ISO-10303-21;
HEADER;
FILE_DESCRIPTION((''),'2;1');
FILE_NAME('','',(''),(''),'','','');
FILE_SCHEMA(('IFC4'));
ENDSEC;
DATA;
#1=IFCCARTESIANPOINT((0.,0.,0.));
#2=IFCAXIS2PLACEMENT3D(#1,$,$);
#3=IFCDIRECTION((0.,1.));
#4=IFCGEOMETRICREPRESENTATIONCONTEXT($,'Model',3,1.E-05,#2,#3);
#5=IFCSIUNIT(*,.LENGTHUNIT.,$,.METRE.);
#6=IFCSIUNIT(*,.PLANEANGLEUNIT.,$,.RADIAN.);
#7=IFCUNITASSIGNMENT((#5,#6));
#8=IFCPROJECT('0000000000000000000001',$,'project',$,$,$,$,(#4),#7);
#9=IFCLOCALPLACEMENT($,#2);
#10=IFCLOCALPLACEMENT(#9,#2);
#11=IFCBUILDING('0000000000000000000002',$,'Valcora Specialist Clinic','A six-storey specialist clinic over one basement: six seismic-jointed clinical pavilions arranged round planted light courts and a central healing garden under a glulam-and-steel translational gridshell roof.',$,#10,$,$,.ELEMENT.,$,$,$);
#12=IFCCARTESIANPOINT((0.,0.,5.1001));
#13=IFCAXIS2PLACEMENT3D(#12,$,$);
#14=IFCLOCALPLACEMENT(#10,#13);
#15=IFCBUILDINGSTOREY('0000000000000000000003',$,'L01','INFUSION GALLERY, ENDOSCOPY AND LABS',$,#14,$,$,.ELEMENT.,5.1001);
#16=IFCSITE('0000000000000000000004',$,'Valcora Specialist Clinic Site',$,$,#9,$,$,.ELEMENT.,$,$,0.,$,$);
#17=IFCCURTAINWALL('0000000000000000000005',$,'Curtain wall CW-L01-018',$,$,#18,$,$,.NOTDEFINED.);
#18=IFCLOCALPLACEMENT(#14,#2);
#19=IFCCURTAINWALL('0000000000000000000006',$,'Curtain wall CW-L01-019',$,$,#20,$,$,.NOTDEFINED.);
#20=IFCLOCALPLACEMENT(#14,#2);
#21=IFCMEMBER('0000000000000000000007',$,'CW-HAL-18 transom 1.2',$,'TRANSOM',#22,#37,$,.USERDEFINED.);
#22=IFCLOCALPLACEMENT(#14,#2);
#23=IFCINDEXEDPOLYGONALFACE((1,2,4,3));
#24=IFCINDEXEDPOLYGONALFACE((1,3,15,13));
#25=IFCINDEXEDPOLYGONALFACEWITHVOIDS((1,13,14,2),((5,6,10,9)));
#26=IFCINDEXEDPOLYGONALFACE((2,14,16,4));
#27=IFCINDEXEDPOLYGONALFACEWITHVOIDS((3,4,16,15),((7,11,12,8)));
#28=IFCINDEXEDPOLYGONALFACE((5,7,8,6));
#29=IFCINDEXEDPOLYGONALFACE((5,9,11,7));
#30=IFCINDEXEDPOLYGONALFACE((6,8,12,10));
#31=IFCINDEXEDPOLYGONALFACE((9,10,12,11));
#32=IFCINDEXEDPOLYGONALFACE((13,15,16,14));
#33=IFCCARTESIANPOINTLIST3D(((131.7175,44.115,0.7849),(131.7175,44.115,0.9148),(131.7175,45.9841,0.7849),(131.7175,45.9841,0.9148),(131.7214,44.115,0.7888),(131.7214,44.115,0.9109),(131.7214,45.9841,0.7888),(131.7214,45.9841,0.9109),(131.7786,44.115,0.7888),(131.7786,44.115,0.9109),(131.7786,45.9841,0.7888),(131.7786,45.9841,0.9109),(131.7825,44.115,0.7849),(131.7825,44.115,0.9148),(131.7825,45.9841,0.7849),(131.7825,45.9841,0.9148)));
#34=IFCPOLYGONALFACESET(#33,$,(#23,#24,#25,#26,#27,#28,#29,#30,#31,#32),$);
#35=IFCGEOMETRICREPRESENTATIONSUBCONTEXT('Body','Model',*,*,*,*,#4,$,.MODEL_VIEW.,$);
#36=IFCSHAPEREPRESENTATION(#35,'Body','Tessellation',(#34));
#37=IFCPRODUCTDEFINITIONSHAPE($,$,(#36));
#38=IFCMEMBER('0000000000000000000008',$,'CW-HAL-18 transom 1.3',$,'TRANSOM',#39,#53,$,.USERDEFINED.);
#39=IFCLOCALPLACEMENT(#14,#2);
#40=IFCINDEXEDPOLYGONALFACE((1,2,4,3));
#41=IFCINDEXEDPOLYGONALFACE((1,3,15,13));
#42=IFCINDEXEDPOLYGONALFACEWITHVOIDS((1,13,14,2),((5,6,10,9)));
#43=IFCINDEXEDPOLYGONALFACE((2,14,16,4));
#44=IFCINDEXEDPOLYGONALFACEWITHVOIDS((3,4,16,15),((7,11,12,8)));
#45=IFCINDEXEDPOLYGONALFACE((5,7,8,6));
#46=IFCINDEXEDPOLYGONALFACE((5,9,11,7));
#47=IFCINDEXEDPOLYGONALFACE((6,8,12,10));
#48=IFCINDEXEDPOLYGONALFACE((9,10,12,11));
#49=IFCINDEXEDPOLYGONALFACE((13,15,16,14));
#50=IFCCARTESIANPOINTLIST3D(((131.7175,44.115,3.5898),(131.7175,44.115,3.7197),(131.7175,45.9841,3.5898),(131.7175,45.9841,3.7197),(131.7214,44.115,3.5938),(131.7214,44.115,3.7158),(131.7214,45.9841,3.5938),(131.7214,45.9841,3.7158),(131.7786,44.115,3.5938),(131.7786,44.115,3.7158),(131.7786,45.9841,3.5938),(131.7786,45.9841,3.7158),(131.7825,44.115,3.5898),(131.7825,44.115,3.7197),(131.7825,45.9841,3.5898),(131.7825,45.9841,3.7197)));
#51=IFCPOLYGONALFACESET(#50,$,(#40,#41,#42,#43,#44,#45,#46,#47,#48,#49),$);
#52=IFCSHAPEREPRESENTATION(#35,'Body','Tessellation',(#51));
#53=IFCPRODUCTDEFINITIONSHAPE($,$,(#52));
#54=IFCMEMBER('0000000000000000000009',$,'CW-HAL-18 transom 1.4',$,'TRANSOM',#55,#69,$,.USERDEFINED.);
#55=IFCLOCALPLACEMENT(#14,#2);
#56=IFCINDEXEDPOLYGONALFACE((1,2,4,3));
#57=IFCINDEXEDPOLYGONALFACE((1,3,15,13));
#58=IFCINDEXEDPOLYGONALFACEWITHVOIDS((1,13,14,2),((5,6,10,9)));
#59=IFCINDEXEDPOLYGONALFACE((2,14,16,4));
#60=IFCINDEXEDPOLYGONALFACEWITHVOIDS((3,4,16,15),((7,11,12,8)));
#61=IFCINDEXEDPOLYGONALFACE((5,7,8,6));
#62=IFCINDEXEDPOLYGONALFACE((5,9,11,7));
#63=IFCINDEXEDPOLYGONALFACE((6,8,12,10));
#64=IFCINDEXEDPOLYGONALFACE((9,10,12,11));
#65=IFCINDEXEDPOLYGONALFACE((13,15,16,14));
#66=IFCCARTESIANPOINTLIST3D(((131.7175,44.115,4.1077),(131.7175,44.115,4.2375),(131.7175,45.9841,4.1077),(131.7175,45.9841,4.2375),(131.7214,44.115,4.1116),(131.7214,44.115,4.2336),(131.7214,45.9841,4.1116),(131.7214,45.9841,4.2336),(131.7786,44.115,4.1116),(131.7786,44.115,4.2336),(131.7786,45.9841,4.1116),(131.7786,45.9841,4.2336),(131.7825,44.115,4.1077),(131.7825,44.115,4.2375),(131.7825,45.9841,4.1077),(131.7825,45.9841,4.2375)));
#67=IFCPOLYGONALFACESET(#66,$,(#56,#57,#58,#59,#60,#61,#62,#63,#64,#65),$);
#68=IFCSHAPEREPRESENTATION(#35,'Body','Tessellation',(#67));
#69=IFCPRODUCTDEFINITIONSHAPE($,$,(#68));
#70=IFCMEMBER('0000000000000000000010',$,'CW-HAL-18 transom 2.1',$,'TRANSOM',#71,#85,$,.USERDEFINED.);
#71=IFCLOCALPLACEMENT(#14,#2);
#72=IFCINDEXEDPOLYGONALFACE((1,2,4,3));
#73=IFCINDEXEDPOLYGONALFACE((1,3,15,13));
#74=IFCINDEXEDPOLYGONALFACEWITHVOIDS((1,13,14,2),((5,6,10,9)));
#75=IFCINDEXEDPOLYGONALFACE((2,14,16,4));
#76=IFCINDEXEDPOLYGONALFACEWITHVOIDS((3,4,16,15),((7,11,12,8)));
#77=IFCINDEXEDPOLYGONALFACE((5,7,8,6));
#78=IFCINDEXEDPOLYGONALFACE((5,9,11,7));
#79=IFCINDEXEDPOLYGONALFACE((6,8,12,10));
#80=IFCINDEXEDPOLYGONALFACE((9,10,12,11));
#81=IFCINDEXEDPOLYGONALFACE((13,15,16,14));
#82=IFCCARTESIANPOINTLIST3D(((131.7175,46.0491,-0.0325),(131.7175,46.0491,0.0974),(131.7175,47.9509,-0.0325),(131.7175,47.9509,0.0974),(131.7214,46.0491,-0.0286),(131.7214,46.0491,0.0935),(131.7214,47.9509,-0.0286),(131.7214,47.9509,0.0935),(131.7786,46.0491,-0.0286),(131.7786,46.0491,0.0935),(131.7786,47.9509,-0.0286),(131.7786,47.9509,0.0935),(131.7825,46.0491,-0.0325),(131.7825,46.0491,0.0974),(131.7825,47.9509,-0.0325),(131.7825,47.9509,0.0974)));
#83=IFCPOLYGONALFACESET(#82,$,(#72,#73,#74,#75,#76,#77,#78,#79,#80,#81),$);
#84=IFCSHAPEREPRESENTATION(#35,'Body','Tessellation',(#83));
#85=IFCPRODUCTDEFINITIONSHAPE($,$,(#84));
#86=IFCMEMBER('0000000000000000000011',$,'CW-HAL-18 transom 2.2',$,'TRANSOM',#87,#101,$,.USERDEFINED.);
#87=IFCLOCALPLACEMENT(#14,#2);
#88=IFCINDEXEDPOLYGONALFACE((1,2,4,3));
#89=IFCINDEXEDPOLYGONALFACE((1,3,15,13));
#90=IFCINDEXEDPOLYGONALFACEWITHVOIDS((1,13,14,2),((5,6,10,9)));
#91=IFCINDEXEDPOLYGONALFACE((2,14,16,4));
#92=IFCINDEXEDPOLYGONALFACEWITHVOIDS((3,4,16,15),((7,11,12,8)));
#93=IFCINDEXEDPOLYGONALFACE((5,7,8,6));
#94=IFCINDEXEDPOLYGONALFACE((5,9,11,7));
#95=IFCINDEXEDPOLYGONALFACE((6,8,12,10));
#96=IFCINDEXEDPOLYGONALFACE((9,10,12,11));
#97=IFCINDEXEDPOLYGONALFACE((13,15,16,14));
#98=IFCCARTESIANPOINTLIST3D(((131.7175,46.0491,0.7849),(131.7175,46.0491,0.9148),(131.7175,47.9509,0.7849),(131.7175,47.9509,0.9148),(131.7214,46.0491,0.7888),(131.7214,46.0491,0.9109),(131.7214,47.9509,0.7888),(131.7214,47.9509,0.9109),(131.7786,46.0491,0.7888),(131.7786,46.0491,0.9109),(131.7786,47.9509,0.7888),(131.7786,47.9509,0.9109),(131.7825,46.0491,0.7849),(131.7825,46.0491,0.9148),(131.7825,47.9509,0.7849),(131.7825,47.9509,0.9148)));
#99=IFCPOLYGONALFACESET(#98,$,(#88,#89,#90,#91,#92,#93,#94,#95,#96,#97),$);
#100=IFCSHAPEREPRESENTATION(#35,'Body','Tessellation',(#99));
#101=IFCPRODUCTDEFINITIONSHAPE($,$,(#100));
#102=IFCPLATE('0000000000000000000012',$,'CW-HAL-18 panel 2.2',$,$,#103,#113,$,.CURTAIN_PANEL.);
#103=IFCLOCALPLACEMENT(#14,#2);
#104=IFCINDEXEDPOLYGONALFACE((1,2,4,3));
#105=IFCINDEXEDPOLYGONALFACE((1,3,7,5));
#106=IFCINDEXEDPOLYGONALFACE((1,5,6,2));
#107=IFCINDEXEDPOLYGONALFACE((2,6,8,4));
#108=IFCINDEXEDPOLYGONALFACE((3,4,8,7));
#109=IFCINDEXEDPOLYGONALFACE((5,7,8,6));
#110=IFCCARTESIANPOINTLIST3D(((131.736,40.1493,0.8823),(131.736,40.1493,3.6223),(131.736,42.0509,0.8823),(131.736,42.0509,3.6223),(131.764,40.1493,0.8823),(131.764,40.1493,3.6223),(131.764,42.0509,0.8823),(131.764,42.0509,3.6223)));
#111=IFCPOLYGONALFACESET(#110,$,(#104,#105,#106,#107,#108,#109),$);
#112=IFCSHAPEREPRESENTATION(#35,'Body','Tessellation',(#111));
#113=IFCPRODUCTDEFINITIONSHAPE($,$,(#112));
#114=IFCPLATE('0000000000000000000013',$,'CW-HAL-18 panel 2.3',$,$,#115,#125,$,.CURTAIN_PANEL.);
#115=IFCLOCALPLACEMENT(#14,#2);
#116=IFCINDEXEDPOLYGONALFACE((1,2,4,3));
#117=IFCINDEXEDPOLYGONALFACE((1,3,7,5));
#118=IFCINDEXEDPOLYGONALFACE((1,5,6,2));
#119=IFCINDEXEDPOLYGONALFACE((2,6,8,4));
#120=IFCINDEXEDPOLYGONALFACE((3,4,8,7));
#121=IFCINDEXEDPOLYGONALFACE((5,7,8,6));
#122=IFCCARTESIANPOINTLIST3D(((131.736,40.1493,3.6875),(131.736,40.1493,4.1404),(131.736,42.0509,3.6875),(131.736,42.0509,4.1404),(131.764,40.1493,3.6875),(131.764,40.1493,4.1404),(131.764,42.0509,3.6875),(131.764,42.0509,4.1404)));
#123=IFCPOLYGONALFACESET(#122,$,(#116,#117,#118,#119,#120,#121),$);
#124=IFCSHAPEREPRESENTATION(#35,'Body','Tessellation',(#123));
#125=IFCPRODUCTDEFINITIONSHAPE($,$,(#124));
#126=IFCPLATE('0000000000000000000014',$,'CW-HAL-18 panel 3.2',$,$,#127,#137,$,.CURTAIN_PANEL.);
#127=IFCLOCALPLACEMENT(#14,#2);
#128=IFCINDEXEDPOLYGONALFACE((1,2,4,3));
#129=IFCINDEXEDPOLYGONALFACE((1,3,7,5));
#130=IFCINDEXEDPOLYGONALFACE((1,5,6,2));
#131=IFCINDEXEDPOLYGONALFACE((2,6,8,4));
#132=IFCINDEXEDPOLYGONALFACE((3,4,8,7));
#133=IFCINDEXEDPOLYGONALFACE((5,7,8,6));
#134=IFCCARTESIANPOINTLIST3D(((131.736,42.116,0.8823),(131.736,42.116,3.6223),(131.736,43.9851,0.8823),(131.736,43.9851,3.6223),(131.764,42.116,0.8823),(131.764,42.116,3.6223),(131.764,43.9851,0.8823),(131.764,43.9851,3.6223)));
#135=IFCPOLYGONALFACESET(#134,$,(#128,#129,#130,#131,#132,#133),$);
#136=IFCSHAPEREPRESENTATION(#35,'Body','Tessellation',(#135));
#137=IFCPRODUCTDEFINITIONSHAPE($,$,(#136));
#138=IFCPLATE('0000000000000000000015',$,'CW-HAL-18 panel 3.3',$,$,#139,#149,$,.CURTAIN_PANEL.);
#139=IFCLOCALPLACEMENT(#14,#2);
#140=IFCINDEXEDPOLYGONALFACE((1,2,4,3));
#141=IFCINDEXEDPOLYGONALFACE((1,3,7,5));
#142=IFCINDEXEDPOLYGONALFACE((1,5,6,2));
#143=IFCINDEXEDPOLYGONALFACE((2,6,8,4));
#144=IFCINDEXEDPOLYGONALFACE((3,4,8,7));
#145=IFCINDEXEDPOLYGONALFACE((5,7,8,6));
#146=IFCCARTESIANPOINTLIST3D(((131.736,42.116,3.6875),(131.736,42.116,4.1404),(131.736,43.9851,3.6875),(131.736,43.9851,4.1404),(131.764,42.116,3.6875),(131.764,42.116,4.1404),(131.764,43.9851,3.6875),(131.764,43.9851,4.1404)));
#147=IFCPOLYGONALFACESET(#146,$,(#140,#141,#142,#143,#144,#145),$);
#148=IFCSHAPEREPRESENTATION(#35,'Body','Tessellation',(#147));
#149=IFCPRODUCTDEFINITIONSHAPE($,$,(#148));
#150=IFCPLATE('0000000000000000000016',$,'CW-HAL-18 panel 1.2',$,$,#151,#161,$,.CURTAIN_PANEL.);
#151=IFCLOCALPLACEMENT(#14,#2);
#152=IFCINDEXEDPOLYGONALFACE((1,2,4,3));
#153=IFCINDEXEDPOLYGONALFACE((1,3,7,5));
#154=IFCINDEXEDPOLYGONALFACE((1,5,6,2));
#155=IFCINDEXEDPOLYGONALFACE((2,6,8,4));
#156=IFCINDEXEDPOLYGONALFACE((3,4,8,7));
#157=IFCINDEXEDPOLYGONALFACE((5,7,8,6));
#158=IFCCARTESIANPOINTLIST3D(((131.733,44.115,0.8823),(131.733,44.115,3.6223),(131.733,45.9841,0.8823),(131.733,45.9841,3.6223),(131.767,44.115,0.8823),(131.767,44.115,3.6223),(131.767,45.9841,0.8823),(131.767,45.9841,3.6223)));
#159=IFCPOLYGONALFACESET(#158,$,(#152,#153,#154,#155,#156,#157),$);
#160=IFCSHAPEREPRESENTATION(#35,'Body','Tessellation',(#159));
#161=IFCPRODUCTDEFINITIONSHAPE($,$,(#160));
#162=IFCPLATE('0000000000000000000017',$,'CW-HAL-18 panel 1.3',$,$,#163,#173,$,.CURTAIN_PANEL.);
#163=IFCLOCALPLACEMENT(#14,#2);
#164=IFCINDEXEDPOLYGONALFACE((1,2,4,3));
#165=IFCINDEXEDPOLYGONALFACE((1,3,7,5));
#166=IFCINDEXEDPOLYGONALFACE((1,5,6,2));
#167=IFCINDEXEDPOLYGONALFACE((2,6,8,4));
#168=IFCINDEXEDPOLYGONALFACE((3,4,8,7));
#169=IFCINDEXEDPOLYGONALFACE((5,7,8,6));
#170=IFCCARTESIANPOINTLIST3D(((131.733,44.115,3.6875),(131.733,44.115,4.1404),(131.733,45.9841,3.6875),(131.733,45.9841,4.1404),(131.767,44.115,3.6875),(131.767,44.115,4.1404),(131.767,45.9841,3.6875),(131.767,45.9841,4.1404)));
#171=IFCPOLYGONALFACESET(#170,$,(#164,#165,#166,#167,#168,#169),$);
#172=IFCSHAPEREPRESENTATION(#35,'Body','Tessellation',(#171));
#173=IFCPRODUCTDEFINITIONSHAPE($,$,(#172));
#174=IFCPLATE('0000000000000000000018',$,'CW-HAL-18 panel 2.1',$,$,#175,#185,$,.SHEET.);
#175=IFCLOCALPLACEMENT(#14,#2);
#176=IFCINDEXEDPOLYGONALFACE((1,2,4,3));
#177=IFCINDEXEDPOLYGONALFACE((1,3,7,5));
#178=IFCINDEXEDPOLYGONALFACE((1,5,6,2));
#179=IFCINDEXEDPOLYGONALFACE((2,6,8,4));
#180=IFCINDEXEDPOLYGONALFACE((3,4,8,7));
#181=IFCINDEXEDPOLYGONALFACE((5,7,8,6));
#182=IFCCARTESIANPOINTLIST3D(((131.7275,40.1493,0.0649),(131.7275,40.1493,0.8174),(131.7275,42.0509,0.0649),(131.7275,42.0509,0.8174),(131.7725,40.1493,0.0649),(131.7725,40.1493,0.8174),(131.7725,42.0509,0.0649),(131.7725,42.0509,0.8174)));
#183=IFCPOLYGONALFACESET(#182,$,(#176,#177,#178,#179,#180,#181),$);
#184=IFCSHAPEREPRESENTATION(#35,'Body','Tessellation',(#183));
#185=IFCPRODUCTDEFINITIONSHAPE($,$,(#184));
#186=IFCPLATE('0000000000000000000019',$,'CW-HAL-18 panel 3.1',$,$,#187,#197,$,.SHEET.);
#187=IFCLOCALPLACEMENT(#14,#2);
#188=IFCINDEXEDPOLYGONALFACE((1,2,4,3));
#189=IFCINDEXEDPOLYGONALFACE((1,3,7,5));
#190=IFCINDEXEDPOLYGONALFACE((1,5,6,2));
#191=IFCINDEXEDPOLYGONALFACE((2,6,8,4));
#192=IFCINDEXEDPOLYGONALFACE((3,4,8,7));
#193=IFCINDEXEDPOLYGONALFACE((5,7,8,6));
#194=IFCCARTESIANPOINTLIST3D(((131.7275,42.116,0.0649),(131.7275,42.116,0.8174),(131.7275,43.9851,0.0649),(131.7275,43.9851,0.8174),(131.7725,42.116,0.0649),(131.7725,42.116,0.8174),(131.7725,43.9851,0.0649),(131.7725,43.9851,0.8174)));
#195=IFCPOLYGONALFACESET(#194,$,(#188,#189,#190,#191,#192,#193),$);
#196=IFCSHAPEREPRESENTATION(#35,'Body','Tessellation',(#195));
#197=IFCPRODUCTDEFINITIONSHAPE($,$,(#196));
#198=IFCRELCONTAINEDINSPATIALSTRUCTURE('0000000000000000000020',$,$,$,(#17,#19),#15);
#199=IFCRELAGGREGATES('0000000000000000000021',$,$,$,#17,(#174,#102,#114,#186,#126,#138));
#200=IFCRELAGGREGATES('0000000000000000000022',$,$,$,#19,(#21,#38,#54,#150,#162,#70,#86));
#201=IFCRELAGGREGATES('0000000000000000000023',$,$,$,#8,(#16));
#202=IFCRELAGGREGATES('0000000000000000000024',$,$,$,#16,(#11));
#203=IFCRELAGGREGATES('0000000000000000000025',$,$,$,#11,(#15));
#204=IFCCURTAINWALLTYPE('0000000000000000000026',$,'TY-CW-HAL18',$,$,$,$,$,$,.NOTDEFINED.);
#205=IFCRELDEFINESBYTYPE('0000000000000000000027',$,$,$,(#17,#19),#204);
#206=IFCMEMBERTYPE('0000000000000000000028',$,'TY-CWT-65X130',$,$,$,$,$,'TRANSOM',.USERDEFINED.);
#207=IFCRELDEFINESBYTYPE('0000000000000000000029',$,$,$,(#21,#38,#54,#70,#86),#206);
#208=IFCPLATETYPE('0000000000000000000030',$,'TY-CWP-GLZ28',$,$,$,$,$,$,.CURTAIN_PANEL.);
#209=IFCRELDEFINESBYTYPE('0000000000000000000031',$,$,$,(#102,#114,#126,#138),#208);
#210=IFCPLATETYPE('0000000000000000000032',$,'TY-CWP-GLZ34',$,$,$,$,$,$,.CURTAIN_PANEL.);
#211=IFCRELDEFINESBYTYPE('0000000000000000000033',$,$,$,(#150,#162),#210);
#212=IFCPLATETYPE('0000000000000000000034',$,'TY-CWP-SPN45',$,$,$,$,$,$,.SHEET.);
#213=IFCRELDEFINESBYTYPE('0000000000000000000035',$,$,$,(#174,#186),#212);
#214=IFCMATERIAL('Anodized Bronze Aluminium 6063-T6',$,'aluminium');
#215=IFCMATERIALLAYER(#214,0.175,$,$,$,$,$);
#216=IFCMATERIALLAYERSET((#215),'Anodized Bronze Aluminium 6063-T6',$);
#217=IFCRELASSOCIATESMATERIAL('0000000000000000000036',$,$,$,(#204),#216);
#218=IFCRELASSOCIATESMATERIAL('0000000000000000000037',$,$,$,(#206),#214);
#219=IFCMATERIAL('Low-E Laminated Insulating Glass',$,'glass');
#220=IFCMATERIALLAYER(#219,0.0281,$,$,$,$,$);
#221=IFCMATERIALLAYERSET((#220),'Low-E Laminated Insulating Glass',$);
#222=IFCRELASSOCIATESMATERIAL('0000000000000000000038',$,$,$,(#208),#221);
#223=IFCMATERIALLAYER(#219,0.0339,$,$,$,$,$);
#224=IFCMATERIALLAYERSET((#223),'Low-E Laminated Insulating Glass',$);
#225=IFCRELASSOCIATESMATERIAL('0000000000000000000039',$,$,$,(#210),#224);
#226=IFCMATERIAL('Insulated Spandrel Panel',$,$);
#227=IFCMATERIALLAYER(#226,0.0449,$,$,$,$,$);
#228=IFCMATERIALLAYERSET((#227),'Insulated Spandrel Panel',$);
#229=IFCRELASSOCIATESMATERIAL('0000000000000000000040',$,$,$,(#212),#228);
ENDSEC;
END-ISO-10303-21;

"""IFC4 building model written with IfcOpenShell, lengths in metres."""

from ifc_helpers import new_model, si_unit, direction, frame, origin, origin_2d, place, context, subcontext, project, spatial, rectangle, hollow_rectangle, extrude, material, layer, layer_set, material_profile, profile_set, type_object, element, aggregate, save


model = new_model("IFC4")

# Units and contexts
model_context = context("Model", 3, precision=1e-05, world=origin(), true_north=direction((0.0, 1.0)))
body_context = subcontext(model_context, "Body", "Model", "MODEL_VIEW")
ifc_project = project(units=[si_unit("LENGTHUNIT", "METRE"), si_unit("PLANEANGLEUNIT", "RADIAN")], contexts=[model_context])

# Site, building, storey
site_placement = place(None, origin())
site = spatial("IfcSite", under=ifc_project, at=site_placement, Name="Valcora Specialist Clinic Site", CompositionType="ELEMENT", RefElevation=0.0)
building_placement = place(site_placement, origin())
building = spatial("IfcBuilding", under=site, at=building_placement, Name="Valcora Specialist Clinic", Description="A six-storey specialist clinic over one basement: six seismic-jointed clinical pavilions arranged round planted light courts and a central healing garden under a glulam-and-steel translational gridshell roof.", CompositionType="ELEMENT")
storey_placement = place(building_placement, frame((0.0, 0.0, 5.1001)))
storey = spatial("IfcBuildingStorey", under=building, at=storey_placement, Name="L01", Description="INFUSION GALLERY, ENDOSCOPY AND LABS", CompositionType="ELEMENT", Elevation=5.1001)

# Curtain walls
ifc_material_1 = material(Name="Anodized Bronze Aluminium 6063-T6", Category="aluminium")
ifc_layer_1 = layer(ifc_material_1, 0.175)
ifc_layer_set_1 = layer_set([ifc_layer_1], Name="Anodized Bronze Aluminium 6063-T6")
curtain_wall_type = type_object("IfcCurtainWallType", Name="TY-CW-HAL18", PredefinedType="NOTDEFINED", material=ifc_layer_set_1)
curtain_wall_1_placement = place(storey_placement, origin())
curtain_wall_1 = element("IfcCurtainWall", 1, at=curtain_wall_1_placement, inside=storey, type_object=curtain_wall_type, Name="Curtain wall CW-L01-018", PredefinedType="NOTDEFINED")
curtain_wall_2_placement = place(storey_placement, origin())
curtain_wall_2 = element("IfcCurtainWall", 2, at=curtain_wall_2_placement, inside=storey, type_object=curtain_wall_type, Name="Curtain wall CW-L01-019", PredefinedType="NOTDEFINED")

# Members
ifc_material_profile_1 = material_profile(ifc_material_1, hollow_rectangle(XDim=0.0649, YDim=0.1299, WallThickness=0.0039, at=origin_2d()), Name="AL-TRN-65X130")
ifc_profile_set_1 = profile_set([ifc_material_profile_1], Name="Anodized Bronze Aluminium 6063-T6")
member_type_1 = type_object("IfcMemberType", Name="TY-CWT-65X130", ElementType="TRANSOM", PredefinedType="USERDEFINED", material=ifc_profile_set_1)
member_1_placement = place(storey_placement, frame((131.75, 44.115, 0.8499), z_axis=(0.0, 1.0, 0.0), x_axis=(-1.0, 0.0, 0.0)))
member_1 = element("IfcMember", 3, at=member_1_placement, type_object=member_type_1, Name="CW-HAL-18 transom 1.2", ObjectType="TRANSOM", PredefinedType="USERDEFINED", context=body_context, shape_type="SweptSolid", body=[
    extrude(hollow_rectangle(XDim=0.0649, YDim=0.1299, WallThickness=0.0039, at=origin_2d()), origin(), (0.0, 0.0, 1.0), 1.8691),
])
member_2_placement = place(storey_placement, frame((131.75, 44.115, 3.6548), z_axis=(0.0, 1.0, 0.0), x_axis=(-1.0, 0.0, 0.0)))
member_2 = element("IfcMember", 4, at=member_2_placement, type_object=member_type_1, Name="CW-HAL-18 transom 1.3", ObjectType="TRANSOM", PredefinedType="USERDEFINED", context=body_context, shape_type="SweptSolid", body=[
    extrude(hollow_rectangle(XDim=0.0649, YDim=0.1299, WallThickness=0.0039, at=origin_2d()), origin(), (0.0, 0.0, 1.0), 1.8691),
])
member_3_placement = place(storey_placement, frame((131.75, 44.115, 4.1726), z_axis=(0.0, 1.0, 0.0), x_axis=(-1.0, 0.0, 0.0)))
member_3 = element("IfcMember", 5, at=member_3_placement, type_object=member_type_1, Name="CW-HAL-18 transom 1.4", ObjectType="TRANSOM", PredefinedType="USERDEFINED", context=body_context, shape_type="SweptSolid", body=[
    extrude(hollow_rectangle(XDim=0.0649, YDim=0.1299, WallThickness=0.0039, at=origin_2d()), origin(), (0.0, 0.0, 1.0), 1.8691),
])
member_4_placement = place(storey_placement, frame((131.75, 46.0491, 0.0325), z_axis=(0.0, 1.0, 0.0), x_axis=(-1.0, 0.0, 0.0)))
member_4 = element("IfcMember", 6, at=member_4_placement, type_object=member_type_1, Name="CW-HAL-18 transom 2.1", ObjectType="TRANSOM", PredefinedType="USERDEFINED", context=body_context, shape_type="SweptSolid", body=[
    extrude(hollow_rectangle(XDim=0.0649, YDim=0.1299, WallThickness=0.0039, at=origin_2d()), origin(), (0.0, 0.0, 1.0), 1.9019),
])
member_5_placement = place(storey_placement, frame((131.75, 46.0491, 0.8499), z_axis=(0.0, 1.0, 0.0), x_axis=(-1.0, 0.0, 0.0)))
member_5 = element("IfcMember", 7, at=member_5_placement, type_object=member_type_1, Name="CW-HAL-18 transom 2.2", ObjectType="TRANSOM", PredefinedType="USERDEFINED", context=body_context, shape_type="SweptSolid", body=[
    extrude(hollow_rectangle(XDim=0.0649, YDim=0.1299, WallThickness=0.0039, at=origin_2d()), origin(), (0.0, 0.0, 1.0), 1.9019),
])

# Plates
ifc_material_2 = material(Name="Low-E Laminated Insulating Glass", Category="glass")
ifc_layer_2 = layer(ifc_material_2, 0.0281)
ifc_layer_set_2 = layer_set([ifc_layer_2], Name="Low-E Laminated Insulating Glass")
plate_type_1 = type_object("IfcPlateType", Name="TY-CWP-GLZ28", PredefinedType="CURTAIN_PANEL", material=ifc_layer_set_2)
plate_1_placement = place(storey_placement, frame((131.75, 41.1001, 0.8823), z_axis=(0.0, 0.0, 1.0), x_axis=(0.0, 1.0, 0.0)))
plate_1 = element("IfcPlate", 8, at=plate_1_placement, type_object=plate_type_1, Name="CW-HAL-18 panel 2.2", PredefinedType="CURTAIN_PANEL", context=body_context, shape_type="SweptSolid", body=[
    extrude(rectangle(XDim=1.9016, YDim=0.0281, at=origin_2d()), origin(), (0.0, 0.0, 1.0), 2.74),
])
plate_2_placement = place(storey_placement, frame((131.75, 41.1001, 3.6875), z_axis=(0.0, 0.0, 1.0), x_axis=(0.0, 1.0, 0.0)))
plate_2 = element("IfcPlate", 9, at=plate_2_placement, type_object=plate_type_1, Name="CW-HAL-18 panel 2.3", PredefinedType="CURTAIN_PANEL", context=body_context, shape_type="SweptSolid", body=[
    extrude(rectangle(XDim=1.9016, YDim=0.0281, at=origin_2d()), origin(), (0.0, 0.0, 1.0), 0.4529),
])
plate_3_placement = place(storey_placement, frame((131.75, 43.0505, 0.8823), z_axis=(0.0, 0.0, 1.0), x_axis=(0.0, 1.0, 0.0)))
plate_3 = element("IfcPlate", 10, at=plate_3_placement, type_object=plate_type_1, Name="CW-HAL-18 panel 3.2", PredefinedType="CURTAIN_PANEL", context=body_context, shape_type="SweptSolid", body=[
    extrude(rectangle(XDim=1.8691, YDim=0.0281, at=origin_2d()), origin(), (0.0, 0.0, 1.0), 2.74),
])
plate_4_placement = place(storey_placement, frame((131.75, 43.0505, 3.6875), z_axis=(0.0, 0.0, 1.0), x_axis=(0.0, 1.0, 0.0)))
plate_4 = element("IfcPlate", 11, at=plate_4_placement, type_object=plate_type_1, Name="CW-HAL-18 panel 3.3", PredefinedType="CURTAIN_PANEL", context=body_context, shape_type="SweptSolid", body=[
    extrude(rectangle(XDim=1.8691, YDim=0.0281, at=origin_2d()), origin(), (0.0, 0.0, 1.0), 0.4529),
])
ifc_layer_3 = layer(ifc_material_2, 0.0339)
ifc_layer_set_3 = layer_set([ifc_layer_3], Name="Low-E Laminated Insulating Glass")
plate_type_2 = type_object("IfcPlateType", Name="TY-CWP-GLZ34", PredefinedType="CURTAIN_PANEL", material=ifc_layer_set_3)
plate_5_placement = place(storey_placement, frame((131.75, 45.0496, 0.8823), z_axis=(0.0, 0.0, 1.0), x_axis=(0.0, 1.0, 0.0)))
plate_5 = element("IfcPlate", 12, at=plate_5_placement, type_object=plate_type_2, Name="CW-HAL-18 panel 1.2", PredefinedType="CURTAIN_PANEL", context=body_context, shape_type="SweptSolid", body=[
    extrude(rectangle(XDim=1.8691, YDim=0.0339, at=origin_2d()), origin(), (0.0, 0.0, 1.0), 2.74),
])
plate_6_placement = place(storey_placement, frame((131.75, 45.0496, 3.6875), z_axis=(0.0, 0.0, 1.0), x_axis=(0.0, 1.0, 0.0)))
plate_6 = element("IfcPlate", 13, at=plate_6_placement, type_object=plate_type_2, Name="CW-HAL-18 panel 1.3", PredefinedType="CURTAIN_PANEL", context=body_context, shape_type="SweptSolid", body=[
    extrude(rectangle(XDim=1.8691, YDim=0.0339, at=origin_2d()), origin(), (0.0, 0.0, 1.0), 0.4529),
])
ifc_material_3 = material(Name="Insulated Spandrel Panel")
ifc_layer_4 = layer(ifc_material_3, 0.0449)
ifc_layer_set_4 = layer_set([ifc_layer_4], Name="Insulated Spandrel Panel")
plate_type_3 = type_object("IfcPlateType", Name="TY-CWP-SPN45", PredefinedType="SHEET", material=ifc_layer_set_4)
plate_7_placement = place(storey_placement, frame((131.75, 41.1001, 0.0649), z_axis=(0.0, 0.0, 1.0), x_axis=(0.0, 1.0, 0.0)))
plate_7 = element("IfcPlate", 14, at=plate_7_placement, type_object=plate_type_3, Name="CW-HAL-18 panel 2.1", PredefinedType="SHEET", context=body_context, shape_type="SweptSolid", body=[
    extrude(rectangle(XDim=1.9016, YDim=0.0449, at=origin_2d()), origin(), (0.0, 0.0, 1.0), 0.7524),
])
plate_8_placement = place(storey_placement, frame((131.75, 43.0505, 0.0649), z_axis=(0.0, 0.0, 1.0), x_axis=(0.0, 1.0, 0.0)))
plate_8 = element("IfcPlate", 15, at=plate_8_placement, type_object=plate_type_3, Name="CW-HAL-18 panel 3.1", PredefinedType="SHEET", context=body_context, shape_type="SweptSolid", body=[
    extrude(rectangle(XDim=1.8691, YDim=0.0449, at=origin_2d()), origin(), (0.0, 0.0, 1.0), 0.7524),
])
aggregate(curtain_wall_1, [plate_7, plate_1, plate_2, plate_8, plate_3, plate_4])
aggregate(curtain_wall_2, [member_1, member_2, member_3, plate_5, plate_6, member_4, member_5])

save(model, "model.ifc")
